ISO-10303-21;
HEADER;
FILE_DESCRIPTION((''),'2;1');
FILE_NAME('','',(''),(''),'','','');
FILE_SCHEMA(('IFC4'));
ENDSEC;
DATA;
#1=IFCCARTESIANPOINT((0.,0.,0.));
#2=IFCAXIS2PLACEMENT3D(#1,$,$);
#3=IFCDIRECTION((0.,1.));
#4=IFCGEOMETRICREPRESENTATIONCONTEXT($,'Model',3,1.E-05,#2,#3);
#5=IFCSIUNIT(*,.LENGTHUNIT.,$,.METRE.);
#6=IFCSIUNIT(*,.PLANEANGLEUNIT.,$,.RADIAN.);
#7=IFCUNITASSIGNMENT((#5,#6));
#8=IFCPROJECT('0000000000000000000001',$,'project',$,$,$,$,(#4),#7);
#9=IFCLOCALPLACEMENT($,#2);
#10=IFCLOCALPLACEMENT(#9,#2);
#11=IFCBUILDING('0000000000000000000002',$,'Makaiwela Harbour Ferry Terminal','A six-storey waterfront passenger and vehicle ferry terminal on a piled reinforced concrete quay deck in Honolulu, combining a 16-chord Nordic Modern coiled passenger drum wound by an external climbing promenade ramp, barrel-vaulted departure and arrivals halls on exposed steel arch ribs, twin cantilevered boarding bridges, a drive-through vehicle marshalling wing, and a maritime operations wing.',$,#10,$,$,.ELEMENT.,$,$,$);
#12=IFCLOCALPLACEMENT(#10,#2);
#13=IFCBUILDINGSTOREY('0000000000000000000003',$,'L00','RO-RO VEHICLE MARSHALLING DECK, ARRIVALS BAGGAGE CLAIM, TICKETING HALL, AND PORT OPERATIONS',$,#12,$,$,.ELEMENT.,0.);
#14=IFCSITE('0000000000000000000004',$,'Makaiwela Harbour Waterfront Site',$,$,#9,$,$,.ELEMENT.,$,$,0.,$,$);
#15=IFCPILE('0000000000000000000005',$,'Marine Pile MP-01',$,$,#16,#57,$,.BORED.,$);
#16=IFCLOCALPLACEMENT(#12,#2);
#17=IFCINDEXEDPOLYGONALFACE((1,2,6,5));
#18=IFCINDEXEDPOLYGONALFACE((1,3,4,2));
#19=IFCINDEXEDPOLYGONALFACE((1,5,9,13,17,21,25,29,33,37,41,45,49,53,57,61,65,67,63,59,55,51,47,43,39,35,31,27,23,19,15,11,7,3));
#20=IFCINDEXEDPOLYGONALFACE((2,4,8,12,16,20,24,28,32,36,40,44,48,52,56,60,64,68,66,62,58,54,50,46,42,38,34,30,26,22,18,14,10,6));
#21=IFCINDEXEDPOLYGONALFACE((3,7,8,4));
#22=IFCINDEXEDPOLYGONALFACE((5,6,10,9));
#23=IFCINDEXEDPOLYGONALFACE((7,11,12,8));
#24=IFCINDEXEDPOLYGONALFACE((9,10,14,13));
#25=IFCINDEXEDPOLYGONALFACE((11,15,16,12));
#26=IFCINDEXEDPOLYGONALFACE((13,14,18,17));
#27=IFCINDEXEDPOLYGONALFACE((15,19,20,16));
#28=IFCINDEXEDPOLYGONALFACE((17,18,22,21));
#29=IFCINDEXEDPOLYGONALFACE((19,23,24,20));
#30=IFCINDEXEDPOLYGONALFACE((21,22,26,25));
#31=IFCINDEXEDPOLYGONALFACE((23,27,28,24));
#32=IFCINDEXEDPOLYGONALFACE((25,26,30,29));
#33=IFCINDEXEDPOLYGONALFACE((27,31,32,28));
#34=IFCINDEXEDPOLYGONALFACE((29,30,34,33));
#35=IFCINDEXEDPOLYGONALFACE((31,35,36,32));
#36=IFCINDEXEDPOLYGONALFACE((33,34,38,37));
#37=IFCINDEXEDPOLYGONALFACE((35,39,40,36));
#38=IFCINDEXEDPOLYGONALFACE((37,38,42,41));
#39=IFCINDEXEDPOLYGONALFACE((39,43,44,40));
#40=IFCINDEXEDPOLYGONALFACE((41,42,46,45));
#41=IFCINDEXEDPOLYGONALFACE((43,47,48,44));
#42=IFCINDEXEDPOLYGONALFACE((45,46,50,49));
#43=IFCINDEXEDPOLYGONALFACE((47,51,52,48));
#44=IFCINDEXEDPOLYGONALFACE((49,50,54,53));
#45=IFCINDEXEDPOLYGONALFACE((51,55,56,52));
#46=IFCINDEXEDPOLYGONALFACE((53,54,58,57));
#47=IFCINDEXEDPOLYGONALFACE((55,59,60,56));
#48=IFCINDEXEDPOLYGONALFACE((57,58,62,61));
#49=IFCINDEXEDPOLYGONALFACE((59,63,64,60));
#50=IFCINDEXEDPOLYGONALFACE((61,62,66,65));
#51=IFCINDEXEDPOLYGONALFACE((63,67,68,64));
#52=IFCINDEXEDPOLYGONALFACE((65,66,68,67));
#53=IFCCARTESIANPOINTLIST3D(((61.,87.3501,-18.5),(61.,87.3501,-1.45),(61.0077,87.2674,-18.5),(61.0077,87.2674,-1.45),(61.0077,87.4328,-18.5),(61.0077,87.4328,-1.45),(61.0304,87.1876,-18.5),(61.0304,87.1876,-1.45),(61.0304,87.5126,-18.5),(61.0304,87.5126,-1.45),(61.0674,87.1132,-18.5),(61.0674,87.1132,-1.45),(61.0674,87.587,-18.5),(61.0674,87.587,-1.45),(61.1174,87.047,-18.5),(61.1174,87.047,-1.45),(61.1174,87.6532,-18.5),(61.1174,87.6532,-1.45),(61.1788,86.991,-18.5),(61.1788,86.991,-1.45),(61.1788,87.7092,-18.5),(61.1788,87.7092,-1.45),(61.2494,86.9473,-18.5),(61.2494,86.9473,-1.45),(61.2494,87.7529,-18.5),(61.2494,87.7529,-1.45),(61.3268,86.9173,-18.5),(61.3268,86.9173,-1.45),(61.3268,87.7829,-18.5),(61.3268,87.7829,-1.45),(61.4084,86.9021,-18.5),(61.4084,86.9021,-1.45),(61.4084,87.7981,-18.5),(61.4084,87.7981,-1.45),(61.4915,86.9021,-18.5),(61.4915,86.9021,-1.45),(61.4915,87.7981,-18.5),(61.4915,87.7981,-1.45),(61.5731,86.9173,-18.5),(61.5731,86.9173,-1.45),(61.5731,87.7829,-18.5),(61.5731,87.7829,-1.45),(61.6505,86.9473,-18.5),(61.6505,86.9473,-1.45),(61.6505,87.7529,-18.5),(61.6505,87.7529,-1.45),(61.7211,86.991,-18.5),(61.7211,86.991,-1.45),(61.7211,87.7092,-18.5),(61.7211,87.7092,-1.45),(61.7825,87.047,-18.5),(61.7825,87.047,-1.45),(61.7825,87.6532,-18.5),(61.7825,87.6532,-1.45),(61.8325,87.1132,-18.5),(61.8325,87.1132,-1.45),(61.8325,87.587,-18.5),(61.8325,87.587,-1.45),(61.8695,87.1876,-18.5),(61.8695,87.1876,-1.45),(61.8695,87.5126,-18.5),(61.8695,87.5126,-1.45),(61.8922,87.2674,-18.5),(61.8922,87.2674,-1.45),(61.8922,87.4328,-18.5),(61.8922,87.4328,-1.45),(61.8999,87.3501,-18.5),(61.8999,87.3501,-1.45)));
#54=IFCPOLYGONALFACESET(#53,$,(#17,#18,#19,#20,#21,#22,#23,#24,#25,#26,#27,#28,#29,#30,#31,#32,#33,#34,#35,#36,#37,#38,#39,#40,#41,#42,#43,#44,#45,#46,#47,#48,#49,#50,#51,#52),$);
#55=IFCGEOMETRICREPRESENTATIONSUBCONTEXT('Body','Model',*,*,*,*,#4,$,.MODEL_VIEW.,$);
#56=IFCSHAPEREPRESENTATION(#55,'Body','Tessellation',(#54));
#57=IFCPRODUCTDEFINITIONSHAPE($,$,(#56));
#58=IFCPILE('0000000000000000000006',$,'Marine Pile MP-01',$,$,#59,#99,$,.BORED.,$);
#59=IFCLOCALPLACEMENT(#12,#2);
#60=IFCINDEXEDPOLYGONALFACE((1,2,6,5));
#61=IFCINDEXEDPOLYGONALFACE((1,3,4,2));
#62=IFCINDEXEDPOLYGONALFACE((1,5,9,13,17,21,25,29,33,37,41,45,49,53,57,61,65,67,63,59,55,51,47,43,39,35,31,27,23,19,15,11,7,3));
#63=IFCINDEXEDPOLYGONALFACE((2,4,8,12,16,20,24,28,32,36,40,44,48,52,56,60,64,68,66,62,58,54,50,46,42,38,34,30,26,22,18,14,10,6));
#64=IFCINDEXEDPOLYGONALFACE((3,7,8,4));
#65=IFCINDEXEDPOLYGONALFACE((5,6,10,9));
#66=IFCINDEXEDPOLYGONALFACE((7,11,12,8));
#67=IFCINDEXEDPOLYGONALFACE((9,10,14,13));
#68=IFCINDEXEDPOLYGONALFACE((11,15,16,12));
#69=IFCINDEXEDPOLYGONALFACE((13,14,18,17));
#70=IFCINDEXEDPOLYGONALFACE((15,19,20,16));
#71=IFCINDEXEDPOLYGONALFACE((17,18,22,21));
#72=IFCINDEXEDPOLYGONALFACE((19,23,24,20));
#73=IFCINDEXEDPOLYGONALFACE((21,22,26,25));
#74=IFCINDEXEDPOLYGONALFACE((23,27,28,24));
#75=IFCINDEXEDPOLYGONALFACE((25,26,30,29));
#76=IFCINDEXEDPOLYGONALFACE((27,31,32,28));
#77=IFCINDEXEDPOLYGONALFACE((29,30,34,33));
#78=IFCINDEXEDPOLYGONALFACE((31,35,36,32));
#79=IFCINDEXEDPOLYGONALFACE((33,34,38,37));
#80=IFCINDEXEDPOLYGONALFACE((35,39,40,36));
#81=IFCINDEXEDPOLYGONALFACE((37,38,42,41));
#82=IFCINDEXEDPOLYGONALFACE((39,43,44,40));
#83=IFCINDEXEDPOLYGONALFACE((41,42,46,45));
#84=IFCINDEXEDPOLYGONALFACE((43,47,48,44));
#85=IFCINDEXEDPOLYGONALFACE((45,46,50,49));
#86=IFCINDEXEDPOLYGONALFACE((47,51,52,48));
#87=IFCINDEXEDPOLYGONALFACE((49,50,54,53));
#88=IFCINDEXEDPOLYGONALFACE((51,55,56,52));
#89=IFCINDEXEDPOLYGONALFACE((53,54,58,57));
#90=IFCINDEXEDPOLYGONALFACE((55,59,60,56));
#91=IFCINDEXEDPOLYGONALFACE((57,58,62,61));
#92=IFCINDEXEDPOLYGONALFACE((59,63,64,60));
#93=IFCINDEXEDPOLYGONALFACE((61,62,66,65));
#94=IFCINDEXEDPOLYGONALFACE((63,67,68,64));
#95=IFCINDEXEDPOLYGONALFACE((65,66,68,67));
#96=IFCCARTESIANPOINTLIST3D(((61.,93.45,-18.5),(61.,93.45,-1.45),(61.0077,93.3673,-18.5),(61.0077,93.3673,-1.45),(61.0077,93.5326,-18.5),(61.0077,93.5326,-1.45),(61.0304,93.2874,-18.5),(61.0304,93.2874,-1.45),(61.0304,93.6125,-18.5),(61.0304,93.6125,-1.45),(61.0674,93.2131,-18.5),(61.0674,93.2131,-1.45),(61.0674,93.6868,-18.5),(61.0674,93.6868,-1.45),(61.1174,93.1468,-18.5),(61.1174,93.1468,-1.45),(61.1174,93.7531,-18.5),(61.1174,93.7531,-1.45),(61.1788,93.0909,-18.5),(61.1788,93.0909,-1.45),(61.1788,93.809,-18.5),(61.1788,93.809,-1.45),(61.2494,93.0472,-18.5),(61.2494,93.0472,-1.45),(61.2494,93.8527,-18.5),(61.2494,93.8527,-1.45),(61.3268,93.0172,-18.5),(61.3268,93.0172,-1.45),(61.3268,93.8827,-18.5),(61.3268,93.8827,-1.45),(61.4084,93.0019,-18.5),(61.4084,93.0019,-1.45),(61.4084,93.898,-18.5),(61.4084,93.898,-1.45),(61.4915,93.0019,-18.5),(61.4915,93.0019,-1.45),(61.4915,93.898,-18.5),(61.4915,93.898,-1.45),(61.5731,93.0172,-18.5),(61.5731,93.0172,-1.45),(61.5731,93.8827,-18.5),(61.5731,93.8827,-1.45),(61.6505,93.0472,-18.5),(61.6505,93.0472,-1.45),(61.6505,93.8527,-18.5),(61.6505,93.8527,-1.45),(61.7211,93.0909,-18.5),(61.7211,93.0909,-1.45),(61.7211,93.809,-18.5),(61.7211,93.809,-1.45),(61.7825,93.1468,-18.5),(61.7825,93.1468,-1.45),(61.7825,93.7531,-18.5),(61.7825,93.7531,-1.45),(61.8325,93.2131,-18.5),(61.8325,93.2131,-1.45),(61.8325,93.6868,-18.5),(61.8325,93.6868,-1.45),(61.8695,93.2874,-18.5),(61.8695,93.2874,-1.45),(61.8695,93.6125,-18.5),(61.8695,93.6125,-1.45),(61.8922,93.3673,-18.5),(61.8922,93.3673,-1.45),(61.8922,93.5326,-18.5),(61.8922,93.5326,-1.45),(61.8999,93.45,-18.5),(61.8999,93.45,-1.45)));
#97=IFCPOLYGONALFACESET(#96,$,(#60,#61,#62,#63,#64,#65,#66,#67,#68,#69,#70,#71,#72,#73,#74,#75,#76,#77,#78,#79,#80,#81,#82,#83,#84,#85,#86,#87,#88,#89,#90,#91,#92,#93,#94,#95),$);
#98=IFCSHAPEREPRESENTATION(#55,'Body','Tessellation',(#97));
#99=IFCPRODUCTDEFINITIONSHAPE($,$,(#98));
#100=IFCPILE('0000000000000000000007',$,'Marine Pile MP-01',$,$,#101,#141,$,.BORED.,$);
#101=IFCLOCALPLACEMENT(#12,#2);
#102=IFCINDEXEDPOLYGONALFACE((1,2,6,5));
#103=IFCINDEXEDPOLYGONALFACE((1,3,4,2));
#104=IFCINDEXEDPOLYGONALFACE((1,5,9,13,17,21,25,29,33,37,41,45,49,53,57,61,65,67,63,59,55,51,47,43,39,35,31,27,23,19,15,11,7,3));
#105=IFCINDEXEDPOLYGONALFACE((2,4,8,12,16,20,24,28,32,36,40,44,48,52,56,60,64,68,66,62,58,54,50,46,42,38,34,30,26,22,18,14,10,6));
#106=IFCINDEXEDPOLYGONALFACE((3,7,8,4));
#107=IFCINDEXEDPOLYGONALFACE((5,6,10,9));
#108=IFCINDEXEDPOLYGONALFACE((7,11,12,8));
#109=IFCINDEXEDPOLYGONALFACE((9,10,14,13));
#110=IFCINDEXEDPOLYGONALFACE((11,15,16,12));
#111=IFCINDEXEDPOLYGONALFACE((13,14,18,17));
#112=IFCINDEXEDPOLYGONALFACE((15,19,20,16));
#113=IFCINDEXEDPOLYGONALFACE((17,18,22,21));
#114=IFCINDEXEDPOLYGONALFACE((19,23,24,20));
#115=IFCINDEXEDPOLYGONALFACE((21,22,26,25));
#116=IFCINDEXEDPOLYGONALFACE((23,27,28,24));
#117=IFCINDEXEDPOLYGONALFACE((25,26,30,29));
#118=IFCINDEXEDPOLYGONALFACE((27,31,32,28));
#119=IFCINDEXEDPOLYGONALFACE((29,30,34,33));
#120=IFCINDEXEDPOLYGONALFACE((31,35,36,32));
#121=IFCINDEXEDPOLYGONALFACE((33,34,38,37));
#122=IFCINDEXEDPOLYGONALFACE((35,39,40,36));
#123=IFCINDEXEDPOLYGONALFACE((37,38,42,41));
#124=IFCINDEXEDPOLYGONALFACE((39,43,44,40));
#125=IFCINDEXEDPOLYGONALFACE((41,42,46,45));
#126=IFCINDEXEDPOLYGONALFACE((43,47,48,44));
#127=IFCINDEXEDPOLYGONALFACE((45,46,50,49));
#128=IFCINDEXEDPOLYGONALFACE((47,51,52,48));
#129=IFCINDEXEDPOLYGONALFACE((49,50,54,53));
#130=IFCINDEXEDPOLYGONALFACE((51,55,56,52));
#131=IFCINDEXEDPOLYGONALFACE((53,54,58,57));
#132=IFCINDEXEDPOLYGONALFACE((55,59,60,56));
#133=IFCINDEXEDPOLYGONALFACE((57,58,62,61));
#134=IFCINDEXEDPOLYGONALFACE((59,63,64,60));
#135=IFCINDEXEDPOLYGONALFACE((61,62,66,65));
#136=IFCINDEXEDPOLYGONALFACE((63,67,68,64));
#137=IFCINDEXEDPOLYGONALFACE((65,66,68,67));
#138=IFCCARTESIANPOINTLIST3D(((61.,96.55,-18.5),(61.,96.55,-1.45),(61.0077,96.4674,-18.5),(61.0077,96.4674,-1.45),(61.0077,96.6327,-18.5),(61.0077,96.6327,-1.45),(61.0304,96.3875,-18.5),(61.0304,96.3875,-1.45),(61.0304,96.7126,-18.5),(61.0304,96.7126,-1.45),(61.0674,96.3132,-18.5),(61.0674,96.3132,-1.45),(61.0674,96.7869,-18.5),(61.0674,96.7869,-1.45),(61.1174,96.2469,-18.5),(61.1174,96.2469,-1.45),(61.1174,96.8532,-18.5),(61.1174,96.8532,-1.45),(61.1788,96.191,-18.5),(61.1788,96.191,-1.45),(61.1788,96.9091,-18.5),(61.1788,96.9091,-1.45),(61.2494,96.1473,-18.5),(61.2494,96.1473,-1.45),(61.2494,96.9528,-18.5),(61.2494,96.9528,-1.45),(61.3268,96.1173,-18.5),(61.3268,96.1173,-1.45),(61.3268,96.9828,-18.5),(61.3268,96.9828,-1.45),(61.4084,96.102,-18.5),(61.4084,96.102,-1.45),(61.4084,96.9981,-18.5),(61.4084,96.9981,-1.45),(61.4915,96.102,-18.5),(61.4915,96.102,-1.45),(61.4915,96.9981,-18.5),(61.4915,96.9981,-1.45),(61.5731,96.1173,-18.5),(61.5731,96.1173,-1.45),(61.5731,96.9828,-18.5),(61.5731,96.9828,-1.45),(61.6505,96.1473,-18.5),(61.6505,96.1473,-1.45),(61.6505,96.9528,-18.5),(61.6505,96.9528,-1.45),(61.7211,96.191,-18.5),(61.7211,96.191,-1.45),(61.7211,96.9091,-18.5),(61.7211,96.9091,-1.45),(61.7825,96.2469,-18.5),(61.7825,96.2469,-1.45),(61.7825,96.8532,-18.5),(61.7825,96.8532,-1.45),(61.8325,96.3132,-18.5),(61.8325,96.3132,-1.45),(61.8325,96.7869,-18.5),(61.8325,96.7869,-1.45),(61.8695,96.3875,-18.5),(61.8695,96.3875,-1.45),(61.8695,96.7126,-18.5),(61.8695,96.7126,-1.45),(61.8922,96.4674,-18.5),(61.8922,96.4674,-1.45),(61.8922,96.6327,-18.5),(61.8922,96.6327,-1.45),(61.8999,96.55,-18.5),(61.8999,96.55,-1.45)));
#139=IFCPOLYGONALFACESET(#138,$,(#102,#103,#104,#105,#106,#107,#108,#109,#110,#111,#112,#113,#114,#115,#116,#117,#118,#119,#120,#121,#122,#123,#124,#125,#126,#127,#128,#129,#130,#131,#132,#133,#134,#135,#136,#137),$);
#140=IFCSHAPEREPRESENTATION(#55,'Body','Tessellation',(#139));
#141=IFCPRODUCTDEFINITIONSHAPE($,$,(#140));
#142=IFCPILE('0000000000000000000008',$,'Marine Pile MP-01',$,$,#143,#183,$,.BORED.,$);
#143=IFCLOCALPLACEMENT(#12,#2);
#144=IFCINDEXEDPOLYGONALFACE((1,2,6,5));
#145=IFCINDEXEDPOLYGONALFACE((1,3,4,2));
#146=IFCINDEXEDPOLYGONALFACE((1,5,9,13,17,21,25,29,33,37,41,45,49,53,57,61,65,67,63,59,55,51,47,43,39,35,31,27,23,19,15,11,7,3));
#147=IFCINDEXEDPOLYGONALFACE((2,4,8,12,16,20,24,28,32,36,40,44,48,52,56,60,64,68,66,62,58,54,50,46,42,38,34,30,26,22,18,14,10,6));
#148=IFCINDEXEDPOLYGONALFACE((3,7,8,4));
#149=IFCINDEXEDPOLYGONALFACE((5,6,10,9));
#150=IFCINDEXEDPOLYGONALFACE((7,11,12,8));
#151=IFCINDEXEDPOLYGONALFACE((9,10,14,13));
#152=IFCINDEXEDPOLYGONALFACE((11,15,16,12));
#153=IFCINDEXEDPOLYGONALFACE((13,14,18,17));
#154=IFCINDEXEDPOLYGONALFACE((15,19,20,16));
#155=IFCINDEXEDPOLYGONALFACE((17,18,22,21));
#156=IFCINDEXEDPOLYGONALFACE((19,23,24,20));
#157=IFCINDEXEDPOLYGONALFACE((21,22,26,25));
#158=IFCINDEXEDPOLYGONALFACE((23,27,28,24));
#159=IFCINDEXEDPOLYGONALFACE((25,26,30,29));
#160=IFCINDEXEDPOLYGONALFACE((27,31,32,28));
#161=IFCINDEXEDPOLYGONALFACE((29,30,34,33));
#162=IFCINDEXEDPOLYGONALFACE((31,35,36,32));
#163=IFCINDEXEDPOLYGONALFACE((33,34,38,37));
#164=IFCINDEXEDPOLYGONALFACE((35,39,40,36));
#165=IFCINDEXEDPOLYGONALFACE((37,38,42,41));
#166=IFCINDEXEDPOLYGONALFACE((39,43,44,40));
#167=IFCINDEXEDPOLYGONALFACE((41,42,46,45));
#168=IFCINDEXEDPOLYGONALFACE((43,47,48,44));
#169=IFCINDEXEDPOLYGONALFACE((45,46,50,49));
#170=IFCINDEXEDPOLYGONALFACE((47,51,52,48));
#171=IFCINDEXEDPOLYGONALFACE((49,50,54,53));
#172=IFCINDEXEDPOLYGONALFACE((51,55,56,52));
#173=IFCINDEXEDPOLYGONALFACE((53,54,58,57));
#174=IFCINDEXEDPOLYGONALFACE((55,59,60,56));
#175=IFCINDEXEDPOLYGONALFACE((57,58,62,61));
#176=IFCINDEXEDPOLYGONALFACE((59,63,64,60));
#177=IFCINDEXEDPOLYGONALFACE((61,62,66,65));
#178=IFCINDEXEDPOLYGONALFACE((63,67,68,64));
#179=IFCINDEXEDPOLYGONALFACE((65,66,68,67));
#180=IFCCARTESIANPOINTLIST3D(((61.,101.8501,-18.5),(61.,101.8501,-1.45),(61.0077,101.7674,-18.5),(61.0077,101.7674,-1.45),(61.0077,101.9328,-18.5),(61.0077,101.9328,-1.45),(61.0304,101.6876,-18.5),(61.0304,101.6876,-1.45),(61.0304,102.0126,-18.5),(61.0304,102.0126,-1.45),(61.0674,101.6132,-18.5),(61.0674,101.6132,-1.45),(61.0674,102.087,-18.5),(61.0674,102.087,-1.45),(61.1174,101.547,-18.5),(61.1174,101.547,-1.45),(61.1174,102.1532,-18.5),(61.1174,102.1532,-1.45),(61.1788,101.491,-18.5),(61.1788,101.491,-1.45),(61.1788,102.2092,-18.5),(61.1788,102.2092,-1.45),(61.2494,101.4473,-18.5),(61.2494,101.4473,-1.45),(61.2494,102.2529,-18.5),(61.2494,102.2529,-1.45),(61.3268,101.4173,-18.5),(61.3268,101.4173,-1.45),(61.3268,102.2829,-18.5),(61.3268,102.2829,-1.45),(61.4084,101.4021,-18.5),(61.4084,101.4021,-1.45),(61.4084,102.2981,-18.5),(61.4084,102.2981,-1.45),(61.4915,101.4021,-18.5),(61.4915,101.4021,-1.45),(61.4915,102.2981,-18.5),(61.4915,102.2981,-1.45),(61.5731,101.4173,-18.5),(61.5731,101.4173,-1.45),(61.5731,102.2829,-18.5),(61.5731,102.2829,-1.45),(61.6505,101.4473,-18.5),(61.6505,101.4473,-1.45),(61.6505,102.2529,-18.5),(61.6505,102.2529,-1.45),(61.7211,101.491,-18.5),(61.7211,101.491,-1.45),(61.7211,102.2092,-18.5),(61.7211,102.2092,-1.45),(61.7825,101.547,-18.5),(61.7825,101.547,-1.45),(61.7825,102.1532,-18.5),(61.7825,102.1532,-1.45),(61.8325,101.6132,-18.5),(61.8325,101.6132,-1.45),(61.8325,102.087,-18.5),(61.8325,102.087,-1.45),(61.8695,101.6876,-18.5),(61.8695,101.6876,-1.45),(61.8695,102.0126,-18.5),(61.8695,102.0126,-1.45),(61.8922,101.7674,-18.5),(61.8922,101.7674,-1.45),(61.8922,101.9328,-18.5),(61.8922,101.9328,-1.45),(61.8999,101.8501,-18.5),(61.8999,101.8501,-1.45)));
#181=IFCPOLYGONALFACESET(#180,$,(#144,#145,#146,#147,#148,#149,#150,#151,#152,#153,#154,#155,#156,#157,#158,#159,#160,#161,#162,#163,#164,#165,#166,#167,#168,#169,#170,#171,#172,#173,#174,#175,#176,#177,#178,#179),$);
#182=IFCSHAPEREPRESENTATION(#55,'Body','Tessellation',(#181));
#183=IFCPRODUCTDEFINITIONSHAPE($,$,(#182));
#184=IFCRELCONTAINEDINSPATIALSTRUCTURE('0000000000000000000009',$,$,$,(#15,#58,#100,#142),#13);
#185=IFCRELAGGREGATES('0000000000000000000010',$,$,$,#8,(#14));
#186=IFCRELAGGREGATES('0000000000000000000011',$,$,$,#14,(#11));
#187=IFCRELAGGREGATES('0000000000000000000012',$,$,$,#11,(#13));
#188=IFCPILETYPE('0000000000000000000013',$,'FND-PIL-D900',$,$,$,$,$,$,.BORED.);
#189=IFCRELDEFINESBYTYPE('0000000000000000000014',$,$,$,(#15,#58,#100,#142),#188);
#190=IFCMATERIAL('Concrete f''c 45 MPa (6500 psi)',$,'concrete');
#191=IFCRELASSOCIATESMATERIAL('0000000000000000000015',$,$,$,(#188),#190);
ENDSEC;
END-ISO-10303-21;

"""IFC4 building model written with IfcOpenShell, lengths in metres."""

from ifc_helpers import new_model, si_unit, direction, frame, origin, origin_2d, place, context, subcontext, project, spatial, circle, extrude, material, material_profile, profile_set, type_object, element, save


model = new_model("IFC4")

# Units and contexts
model_context = context("Model", 3, precision=1e-05, world=origin(), true_north=direction((0.0, 1.0)))
body_context = subcontext(model_context, "Body", "Model", "MODEL_VIEW")
ifc_project = project(units=[si_unit("LENGTHUNIT", "METRE"), si_unit("PLANEANGLEUNIT", "RADIAN")], contexts=[model_context])

# Site, building, storey
site_placement = place(None, origin())
site = spatial("IfcSite", under=ifc_project, at=site_placement, Name="Makaiwela Harbour Waterfront Site", CompositionType="ELEMENT", RefElevation=0.0)
building_placement = place(site_placement, origin())
building = spatial("IfcBuilding", under=site, at=building_placement, Name="Makaiwela Harbour Ferry Terminal", Description="A six-storey waterfront passenger and vehicle ferry terminal on a piled reinforced concrete quay deck in Honolulu, combining a 16-chord Nordic Modern coiled passenger drum wound by an external climbing promenade ramp, barrel-vaulted departure and arrivals halls on exposed steel arch ribs, twin cantilevered boarding bridges, a drive-through vehicle marshalling wing, and a maritime operations wing.", CompositionType="ELEMENT")
storey_placement = place(building_placement, origin())
storey = spatial("IfcBuildingStorey", under=building, at=storey_placement, Name="L00", Description="RO-RO VEHICLE MARSHALLING DECK, ARRIVALS BAGGAGE CLAIM, TICKETING HALL, AND PORT OPERATIONS", CompositionType="ELEMENT", Elevation=0.0)

# Piles
ifc_material_1 = material(Name="Concrete f'c 45 MPa (6500 psi)", Category="concrete")
ifc_material_profile_1 = material_profile(ifc_material_1, circle(Radius=0.45, at=origin_2d()), Name="PILE-D900")
ifc_profile_set_1 = profile_set([ifc_material_profile_1], Name="Concrete f'c 45 MPa (6500 psi)")
pile_type = type_object("IfcPileType", Name="FND-PIL-D900", PredefinedType="BORED", material=ifc_profile_set_1)
for number, where, z_axis, x_axis, name in (
    (1, (61.45, 87.3501, -1.45), (0.0, 0.0, -1.0), (1.0, 0.0, 0.0), "Marine Pile MP-01"),
    (2, (61.45, 93.45, -1.45), (0.0, 0.0, -1.0), (1.0, 0.0, 0.0), "Marine Pile MP-01"),
    (3, (61.45, 96.55, -1.45), (0.0, 0.0, -1.0), (1.0, 0.0, 0.0), "Marine Pile MP-01"),
    (4, (61.45, 101.8501, -1.45), (0.0, 0.0, -1.0), (1.0, 0.0, 0.0), "Marine Pile MP-01"),
):
    element("IfcPile", number, at=place(storey_placement, frame(where, z_axis=z_axis, x_axis=x_axis)), inside=storey, type_object=pile_type, Name=name, PredefinedType="BORED", context=body_context, shape_type="SweptSolid", body=[
        extrude(circle(Radius=0.45, at=origin_2d()), origin(), (0.0, 0.0, 1.0), 17.05),
    ])

save(model, "model.ifc")
